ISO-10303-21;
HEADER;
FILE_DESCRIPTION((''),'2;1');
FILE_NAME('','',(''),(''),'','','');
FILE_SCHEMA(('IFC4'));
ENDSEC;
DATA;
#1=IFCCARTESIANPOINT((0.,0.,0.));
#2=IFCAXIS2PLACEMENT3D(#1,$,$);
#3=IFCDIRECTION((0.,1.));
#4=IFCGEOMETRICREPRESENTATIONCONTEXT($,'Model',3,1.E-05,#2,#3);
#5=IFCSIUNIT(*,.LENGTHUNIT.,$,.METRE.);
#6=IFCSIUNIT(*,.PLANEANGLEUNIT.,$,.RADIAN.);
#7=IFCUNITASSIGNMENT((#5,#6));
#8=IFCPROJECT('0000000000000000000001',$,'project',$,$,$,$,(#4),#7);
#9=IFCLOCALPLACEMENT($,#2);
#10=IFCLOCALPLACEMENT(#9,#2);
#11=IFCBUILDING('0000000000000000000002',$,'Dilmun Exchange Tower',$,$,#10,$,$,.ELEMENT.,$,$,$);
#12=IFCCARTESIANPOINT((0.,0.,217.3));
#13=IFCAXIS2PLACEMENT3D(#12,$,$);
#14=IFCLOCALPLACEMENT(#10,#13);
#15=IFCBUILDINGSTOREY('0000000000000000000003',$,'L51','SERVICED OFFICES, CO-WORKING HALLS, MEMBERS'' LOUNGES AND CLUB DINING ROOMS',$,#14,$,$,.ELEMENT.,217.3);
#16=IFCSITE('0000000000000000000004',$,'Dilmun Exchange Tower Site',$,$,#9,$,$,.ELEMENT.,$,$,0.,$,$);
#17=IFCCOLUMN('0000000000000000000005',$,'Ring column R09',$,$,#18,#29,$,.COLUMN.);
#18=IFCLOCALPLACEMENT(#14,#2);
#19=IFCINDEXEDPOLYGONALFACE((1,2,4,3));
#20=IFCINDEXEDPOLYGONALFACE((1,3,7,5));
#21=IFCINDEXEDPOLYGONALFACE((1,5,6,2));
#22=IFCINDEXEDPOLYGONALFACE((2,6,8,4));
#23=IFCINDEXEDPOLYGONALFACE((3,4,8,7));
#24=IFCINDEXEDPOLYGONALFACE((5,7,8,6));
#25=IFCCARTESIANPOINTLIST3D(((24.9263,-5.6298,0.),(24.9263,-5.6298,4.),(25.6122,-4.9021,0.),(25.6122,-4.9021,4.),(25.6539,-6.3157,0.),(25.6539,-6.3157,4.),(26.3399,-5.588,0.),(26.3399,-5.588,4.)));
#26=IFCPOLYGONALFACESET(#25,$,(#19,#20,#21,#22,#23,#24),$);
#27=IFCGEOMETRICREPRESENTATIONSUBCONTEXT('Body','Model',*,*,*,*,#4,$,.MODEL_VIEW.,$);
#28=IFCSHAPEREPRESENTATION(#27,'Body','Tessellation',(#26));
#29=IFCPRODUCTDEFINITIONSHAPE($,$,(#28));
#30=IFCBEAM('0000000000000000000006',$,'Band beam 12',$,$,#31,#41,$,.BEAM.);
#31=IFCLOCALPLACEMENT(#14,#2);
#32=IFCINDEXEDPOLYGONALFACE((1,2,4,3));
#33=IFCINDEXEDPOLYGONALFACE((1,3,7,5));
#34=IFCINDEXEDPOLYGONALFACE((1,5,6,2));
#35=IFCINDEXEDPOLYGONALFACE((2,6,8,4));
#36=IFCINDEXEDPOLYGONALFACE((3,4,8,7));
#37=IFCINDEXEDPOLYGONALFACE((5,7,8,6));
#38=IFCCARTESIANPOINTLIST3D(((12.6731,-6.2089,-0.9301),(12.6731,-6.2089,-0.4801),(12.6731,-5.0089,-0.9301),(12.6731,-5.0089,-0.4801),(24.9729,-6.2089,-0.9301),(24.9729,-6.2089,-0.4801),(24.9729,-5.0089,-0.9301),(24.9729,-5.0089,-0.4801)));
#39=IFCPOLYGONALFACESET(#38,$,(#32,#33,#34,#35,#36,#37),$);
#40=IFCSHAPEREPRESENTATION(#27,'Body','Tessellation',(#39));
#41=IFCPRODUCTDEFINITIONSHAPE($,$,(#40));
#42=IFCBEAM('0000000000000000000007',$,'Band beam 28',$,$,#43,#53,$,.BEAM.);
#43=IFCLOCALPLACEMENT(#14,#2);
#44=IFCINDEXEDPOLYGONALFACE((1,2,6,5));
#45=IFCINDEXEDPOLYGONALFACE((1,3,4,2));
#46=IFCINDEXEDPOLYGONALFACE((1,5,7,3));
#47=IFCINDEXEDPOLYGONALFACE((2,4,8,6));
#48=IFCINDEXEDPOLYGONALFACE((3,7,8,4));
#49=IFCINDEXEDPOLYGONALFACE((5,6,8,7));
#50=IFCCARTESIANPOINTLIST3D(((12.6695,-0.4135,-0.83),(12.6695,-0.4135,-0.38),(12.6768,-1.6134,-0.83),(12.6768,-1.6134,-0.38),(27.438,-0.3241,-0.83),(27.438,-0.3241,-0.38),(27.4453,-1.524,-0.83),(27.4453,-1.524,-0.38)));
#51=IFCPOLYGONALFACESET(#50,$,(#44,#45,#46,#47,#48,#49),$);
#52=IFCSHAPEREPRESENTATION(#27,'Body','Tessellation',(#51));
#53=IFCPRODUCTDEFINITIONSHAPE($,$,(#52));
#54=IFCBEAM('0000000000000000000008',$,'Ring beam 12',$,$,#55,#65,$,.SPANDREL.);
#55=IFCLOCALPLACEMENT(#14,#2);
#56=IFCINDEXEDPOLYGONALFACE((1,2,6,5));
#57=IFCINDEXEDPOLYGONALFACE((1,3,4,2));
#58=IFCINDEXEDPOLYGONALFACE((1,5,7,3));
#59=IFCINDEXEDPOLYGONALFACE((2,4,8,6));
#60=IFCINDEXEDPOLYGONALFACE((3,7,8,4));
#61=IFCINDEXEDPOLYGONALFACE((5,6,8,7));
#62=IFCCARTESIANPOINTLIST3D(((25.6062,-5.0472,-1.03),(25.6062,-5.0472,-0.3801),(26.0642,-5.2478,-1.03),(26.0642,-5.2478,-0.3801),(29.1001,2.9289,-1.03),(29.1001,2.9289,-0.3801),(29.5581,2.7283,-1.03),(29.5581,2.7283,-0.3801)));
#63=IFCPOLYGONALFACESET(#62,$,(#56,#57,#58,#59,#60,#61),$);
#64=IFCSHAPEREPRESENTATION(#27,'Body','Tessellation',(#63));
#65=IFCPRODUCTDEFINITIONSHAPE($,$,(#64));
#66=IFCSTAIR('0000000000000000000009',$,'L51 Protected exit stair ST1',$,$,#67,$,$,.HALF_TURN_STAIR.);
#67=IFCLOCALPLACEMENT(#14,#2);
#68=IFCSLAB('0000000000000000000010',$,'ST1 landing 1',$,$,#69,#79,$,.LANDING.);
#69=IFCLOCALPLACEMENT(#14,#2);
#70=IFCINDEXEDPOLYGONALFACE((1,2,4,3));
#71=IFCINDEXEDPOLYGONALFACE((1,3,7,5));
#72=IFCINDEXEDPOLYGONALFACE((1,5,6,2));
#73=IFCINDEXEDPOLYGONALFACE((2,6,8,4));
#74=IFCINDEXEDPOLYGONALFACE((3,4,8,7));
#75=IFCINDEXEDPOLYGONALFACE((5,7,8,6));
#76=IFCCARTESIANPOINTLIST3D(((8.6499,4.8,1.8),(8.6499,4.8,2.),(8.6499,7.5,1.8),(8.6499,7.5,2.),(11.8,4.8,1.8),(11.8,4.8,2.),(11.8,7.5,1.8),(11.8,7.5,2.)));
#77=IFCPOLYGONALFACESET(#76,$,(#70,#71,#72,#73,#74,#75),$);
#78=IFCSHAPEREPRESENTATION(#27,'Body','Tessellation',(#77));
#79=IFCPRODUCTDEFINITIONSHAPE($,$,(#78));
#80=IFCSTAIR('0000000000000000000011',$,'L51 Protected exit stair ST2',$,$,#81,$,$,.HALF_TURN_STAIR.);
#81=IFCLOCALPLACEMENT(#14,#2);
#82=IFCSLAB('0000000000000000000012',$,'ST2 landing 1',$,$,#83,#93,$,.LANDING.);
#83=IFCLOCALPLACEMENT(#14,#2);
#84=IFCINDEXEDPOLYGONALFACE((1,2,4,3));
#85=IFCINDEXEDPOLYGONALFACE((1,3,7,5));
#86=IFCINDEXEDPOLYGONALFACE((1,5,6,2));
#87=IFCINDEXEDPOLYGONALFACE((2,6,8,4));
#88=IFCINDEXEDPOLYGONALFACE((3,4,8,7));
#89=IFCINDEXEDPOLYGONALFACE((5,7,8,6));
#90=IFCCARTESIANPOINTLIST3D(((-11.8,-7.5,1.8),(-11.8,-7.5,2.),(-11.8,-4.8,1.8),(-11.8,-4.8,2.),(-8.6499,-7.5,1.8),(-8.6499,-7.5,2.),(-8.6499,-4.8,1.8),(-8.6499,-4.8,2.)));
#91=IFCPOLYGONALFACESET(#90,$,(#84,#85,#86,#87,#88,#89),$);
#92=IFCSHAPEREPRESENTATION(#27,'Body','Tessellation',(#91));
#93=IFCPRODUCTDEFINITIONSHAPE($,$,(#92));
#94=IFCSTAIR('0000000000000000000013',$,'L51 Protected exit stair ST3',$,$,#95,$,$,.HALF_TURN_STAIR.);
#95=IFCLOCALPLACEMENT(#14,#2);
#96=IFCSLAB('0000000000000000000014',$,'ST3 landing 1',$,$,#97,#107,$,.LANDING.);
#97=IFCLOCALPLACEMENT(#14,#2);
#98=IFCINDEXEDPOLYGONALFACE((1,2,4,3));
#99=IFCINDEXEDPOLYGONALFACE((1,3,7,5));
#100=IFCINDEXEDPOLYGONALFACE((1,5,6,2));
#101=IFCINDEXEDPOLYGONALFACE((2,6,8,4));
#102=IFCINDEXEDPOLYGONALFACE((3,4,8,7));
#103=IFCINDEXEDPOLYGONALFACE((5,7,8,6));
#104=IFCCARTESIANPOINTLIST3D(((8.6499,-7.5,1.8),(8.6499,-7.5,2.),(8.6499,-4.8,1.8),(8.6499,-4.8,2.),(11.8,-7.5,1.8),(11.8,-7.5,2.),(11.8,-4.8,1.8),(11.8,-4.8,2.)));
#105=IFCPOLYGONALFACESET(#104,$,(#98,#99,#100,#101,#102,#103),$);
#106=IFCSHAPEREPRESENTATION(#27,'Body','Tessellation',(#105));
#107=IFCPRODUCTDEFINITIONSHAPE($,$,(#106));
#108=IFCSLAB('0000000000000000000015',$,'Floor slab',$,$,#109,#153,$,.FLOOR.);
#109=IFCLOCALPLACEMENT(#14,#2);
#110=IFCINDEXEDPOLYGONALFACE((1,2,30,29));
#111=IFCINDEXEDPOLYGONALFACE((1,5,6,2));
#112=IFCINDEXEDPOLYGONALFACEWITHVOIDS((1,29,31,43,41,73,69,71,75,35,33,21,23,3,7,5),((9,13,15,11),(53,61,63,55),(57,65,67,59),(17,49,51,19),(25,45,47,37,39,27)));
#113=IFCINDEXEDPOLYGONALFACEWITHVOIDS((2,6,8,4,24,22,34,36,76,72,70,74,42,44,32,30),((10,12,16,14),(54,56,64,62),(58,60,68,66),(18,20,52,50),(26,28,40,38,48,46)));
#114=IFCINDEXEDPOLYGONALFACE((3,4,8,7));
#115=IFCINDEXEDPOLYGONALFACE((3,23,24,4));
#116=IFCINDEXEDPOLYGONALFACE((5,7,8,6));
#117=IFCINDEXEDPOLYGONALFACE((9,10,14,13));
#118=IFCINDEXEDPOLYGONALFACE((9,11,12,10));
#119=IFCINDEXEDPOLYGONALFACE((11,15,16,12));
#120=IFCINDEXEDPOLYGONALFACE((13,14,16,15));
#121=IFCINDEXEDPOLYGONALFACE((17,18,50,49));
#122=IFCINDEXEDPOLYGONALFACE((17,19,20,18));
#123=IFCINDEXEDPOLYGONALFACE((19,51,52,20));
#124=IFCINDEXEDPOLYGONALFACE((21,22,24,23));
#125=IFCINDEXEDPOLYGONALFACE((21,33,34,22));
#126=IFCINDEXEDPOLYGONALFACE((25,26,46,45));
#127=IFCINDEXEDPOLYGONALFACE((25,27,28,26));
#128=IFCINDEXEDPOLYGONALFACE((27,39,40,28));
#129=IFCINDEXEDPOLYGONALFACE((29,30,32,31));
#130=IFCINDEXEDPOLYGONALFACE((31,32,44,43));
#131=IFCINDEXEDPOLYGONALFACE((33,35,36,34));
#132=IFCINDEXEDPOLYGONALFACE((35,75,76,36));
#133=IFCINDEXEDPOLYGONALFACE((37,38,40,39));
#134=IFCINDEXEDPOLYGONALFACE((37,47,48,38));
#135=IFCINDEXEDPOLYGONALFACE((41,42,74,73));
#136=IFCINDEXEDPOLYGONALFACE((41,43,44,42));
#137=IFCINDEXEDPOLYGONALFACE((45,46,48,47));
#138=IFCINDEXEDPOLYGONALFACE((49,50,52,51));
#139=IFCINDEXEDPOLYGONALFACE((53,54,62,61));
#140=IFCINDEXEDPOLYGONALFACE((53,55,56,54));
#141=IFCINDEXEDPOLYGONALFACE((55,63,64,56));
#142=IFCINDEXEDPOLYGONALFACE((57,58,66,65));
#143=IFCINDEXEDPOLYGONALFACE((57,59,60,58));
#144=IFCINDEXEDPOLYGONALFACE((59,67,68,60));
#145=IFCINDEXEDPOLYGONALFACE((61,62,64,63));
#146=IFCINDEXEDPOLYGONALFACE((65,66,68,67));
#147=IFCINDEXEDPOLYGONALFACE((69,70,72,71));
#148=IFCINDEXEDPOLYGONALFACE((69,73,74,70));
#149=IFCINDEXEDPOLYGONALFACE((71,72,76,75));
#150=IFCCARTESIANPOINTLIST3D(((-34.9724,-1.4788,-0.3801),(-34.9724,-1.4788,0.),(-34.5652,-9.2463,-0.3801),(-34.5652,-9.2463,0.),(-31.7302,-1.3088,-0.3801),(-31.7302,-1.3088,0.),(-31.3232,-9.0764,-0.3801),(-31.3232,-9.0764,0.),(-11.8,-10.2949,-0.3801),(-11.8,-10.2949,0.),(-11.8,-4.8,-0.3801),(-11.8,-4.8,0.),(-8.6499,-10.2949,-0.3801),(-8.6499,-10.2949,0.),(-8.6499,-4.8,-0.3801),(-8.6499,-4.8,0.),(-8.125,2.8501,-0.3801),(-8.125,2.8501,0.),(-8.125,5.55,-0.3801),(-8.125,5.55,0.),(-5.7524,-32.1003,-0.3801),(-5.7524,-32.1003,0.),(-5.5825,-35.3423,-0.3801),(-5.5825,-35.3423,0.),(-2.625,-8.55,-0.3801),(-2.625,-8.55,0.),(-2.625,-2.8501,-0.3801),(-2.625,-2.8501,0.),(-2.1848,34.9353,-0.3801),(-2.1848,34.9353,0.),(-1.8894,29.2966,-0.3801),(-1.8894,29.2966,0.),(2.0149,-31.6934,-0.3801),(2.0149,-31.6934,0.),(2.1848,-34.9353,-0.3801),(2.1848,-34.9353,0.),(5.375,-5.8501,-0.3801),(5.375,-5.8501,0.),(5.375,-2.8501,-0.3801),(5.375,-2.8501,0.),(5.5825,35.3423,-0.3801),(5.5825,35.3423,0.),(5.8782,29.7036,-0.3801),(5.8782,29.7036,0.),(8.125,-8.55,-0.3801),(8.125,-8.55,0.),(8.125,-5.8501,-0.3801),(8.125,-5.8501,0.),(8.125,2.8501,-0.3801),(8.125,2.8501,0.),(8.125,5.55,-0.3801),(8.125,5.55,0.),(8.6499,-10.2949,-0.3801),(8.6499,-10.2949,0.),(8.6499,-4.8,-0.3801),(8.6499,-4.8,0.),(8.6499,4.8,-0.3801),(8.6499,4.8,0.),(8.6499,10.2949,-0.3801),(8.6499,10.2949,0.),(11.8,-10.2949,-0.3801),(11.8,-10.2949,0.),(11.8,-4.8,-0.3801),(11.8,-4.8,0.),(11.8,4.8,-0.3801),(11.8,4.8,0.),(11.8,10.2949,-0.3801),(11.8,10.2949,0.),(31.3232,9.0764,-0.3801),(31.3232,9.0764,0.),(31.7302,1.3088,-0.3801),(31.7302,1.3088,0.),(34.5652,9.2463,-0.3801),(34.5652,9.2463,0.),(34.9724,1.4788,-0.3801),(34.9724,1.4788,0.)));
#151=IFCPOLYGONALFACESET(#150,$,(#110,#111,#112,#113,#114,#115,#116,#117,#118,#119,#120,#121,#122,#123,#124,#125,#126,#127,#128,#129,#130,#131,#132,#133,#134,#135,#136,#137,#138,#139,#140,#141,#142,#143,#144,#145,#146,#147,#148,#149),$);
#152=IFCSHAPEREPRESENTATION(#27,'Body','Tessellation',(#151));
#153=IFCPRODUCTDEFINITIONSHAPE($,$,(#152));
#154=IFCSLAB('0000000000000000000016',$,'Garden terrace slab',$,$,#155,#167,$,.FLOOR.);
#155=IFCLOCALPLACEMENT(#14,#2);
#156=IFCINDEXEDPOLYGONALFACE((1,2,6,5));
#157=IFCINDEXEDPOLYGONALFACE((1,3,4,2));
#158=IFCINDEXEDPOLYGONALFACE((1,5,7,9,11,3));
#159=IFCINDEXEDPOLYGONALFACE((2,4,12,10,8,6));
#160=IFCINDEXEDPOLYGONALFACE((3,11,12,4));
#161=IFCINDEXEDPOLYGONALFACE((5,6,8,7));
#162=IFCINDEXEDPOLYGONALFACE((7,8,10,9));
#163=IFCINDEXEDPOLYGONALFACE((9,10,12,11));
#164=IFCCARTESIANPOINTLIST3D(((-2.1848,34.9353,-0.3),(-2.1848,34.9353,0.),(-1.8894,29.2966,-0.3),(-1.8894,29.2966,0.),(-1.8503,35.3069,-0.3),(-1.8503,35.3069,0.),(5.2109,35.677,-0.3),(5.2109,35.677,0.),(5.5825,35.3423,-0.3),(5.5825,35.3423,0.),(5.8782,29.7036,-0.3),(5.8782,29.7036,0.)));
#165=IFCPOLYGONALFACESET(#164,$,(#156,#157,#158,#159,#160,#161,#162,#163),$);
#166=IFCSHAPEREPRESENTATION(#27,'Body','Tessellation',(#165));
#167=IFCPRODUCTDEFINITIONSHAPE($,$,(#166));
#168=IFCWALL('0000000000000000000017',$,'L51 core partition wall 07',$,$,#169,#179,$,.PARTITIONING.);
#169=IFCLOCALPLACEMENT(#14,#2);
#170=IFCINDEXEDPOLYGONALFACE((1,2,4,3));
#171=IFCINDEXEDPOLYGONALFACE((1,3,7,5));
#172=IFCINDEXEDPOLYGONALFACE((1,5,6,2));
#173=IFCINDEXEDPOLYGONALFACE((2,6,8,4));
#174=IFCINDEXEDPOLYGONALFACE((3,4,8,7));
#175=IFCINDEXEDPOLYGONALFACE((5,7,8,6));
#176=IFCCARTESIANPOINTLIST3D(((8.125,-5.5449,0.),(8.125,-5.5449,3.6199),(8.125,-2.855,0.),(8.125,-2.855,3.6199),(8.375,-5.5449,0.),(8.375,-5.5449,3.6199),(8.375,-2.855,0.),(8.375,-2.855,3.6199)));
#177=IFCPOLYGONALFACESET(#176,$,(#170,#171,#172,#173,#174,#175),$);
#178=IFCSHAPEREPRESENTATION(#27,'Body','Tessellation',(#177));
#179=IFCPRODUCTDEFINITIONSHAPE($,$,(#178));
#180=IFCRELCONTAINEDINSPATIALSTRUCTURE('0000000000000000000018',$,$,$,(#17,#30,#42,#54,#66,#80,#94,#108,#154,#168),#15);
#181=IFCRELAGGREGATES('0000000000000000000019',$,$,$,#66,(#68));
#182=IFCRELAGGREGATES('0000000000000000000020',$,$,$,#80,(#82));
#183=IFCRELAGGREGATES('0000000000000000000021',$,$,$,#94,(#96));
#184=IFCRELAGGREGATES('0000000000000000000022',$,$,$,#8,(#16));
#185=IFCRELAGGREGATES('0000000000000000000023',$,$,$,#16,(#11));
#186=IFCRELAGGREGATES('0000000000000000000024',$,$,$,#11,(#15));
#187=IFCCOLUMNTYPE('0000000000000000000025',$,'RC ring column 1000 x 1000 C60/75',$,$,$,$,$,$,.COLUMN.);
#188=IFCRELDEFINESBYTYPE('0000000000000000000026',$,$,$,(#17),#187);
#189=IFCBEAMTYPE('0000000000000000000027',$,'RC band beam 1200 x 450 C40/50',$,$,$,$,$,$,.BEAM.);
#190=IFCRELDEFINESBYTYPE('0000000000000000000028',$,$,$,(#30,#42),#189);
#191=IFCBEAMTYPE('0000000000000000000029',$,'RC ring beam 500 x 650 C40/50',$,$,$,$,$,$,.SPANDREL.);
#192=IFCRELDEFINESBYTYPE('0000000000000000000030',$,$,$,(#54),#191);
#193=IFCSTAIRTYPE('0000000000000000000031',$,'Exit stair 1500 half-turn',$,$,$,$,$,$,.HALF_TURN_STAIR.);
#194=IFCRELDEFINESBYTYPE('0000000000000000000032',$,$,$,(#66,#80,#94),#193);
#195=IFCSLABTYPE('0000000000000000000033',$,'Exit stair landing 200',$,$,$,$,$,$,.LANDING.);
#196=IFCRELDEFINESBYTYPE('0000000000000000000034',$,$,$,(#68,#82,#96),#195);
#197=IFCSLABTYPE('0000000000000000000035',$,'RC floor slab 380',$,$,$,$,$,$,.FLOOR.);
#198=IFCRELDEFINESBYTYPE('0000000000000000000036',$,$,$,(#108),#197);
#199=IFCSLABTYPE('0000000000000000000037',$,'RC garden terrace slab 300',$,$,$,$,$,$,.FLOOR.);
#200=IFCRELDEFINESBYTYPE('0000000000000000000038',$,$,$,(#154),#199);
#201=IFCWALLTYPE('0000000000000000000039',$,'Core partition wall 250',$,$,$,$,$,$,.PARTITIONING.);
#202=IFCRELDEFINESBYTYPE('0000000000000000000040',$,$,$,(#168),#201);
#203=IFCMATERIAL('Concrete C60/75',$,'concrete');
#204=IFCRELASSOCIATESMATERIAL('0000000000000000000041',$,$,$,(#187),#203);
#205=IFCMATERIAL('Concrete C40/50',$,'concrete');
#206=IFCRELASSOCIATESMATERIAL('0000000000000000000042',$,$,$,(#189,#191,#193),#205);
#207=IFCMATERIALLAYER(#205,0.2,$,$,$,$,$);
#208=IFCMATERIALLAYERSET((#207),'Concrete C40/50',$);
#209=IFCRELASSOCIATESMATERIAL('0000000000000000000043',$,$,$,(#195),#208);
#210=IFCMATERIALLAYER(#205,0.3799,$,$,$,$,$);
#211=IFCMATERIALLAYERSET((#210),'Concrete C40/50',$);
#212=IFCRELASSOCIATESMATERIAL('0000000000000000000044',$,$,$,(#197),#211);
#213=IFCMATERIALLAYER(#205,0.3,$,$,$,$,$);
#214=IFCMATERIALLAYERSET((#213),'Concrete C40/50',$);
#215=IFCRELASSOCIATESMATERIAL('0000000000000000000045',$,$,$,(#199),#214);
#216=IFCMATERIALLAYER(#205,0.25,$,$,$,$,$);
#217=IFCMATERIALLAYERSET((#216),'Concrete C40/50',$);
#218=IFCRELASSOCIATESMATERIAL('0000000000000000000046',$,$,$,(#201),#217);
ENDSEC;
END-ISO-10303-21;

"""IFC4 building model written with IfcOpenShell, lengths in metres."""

from ifc_helpers import new_model, si_unit, direction, frame, frame_2d, origin, origin_2d, place, context, subcontext, project, spatial, polyline, rectangle, outline, extrude, material, layer, layer_set, material_profile, profile_set, type_object, element, aggregate, save


model = new_model("IFC4")

# Units and contexts
model_context = context("Model", 3, precision=1e-05, world=origin(), true_north=direction((0.0, 1.0)))
body_context = subcontext(model_context, "Body", "Model", "MODEL_VIEW")
ifc_project = project(units=[si_unit("LENGTHUNIT", "METRE"), si_unit("PLANEANGLEUNIT", "RADIAN")], contexts=[model_context])

# Site, building, storey
site_placement = place(None, origin())
site = spatial("IfcSite", under=ifc_project, at=site_placement, Name="Dilmun Exchange Tower Site", CompositionType="ELEMENT", RefElevation=0.0)
building_placement = place(site_placement, origin())
building = spatial("IfcBuilding", under=site, at=building_placement, Name="Dilmun Exchange Tower", CompositionType="ELEMENT")
storey_placement = place(building_placement, frame((0.0, 0.0, 217.3)))
storey = spatial("IfcBuildingStorey", under=building, at=storey_placement, Name="L51", Description="SERVICED OFFICES, CO-WORKING HALLS, MEMBERS' LOUNGES AND CLUB DINING ROOMS", CompositionType="ELEMENT", Elevation=217.3)

# Column
ifc_material_1 = material(Name="Concrete C60/75", Category="concrete")
ifc_material_profile_1 = material_profile(ifc_material_1, rectangle(XDim=1.0, YDim=1.0, at=origin_2d()), Name="1000 x 1000")
ifc_profile_set_1 = profile_set([ifc_material_profile_1], Name="Concrete C60/75")
column_type = type_object("IfcColumnType", Name="RC ring column 1000 x 1000 C60/75", PredefinedType="COLUMN", material=ifc_profile_set_1)
column_placement = place(storey_placement, frame((25.6331, -5.6089, 0.0), z_axis=(0.0, 0.0, 1.0), x_axis=(0.685916, 0.727681, 0.0)))
element("IfcColumn", 1, at=column_placement, inside=storey, type_object=column_type, Name="Ring column R09", PredefinedType="COLUMN", context=body_context, shape_type="SweptSolid", body=[
    extrude(rectangle(XDim=1.0, YDim=1.0, at=origin_2d()), origin(), (0.0, 0.0, 1.0), 4.0),
])

# Beams
ifc_material_2 = material(Name="Concrete C40/50", Category="concrete")
ifc_material_profile_2 = material_profile(ifc_material_2, rectangle(XDim=1.2, YDim=0.45, at=origin_2d()), Name="1200 x 450")
ifc_profile_set_2 = profile_set([ifc_material_profile_2], Name="Concrete C40/50")
beam_type_1 = type_object("IfcBeamType", Name="RC band beam 1200 x 450 C40/50", PredefinedType="BEAM", material=ifc_profile_set_2)
beam_1_placement = place(storey_placement, frame((24.9729, -5.6089, -0.7051), z_axis=(-1.0, 0.0, 0.0), x_axis=(0.0, -1.0, 0.0)))
element("IfcBeam", 2, at=beam_1_placement, inside=storey, type_object=beam_type_1, Name="Band beam 12", PredefinedType="BEAM", context=body_context, shape_type="SweptSolid", body=[
    extrude(rectangle(XDim=1.2, YDim=0.45, at=origin_2d()), origin(), (0.0, 0.0, 1.0), 12.2998),
])
beam_2_placement = place(storey_placement, frame((27.4417, -0.9241, -0.605), z_axis=(-0.999982, -0.00605, 0.0), x_axis=(0.00605, -0.999982, 0.0)))
element("IfcBeam", 3, at=beam_2_placement, inside=storey, type_object=beam_type_1, Name="Band beam 28", PredefinedType="BEAM", context=body_context, shape_type="SweptSolid", body=[
    extrude(rectangle(XDim=1.2, YDim=0.45, at=origin_2d()), origin(), (0.0, 0.0, 1.0), 14.7688),
])
ifc_material_profile_3 = material_profile(ifc_material_2, rectangle(XDim=0.5, YDim=0.6499, at=origin_2d()), Name="500 x 650")
ifc_profile_set_3 = profile_set([ifc_material_profile_3], Name="Concrete C40/50")
beam_type_2 = type_object("IfcBeamType", Name="RC ring beam 500 x 650 C40/50", PredefinedType="SPANDREL", material=ifc_profile_set_3)
beam_3_placement = place(storey_placement, frame((25.8352, -5.1475, -0.7051), z_axis=(0.401239, 0.915973, 0.0), x_axis=(-0.915973, 0.401239, 0.0)))
element("IfcBeam", 4, at=beam_3_placement, inside=storey, type_object=beam_type_2, Name="Ring beam 12", PredefinedType="SPANDREL", context=body_context, shape_type="SweptSolid", body=[
    extrude(rectangle(XDim=0.5, YDim=0.6499, at=origin_2d()), origin(), (0.0, 0.0, 1.0), 8.7078),
])

# Stairs, slabs
stair_type = type_object("IfcStairType", Name="Exit stair 1500 half-turn", PredefinedType="HALF_TURN_STAIR", material=ifc_material_2)
stair_1_placement = place(storey_placement, origin())
stair_1 = element("IfcStair", 5, at=stair_1_placement, inside=storey, type_object=stair_type, Name="L51 Protected exit stair ST1", PredefinedType="HALF_TURN_STAIR")
ifc_layer_1 = layer(ifc_material_2, 0.2)
ifc_layer_set_1 = layer_set([ifc_layer_1], Name="Concrete C40/50")
slab_type_1 = type_object("IfcSlabType", Name="Exit stair landing 200", PredefinedType="LANDING", material=ifc_layer_set_1)
slab_1_placement = place(storey_placement, frame((0.0, 0.0, 1.8)))
slab_1 = element("IfcSlab", 6, at=slab_1_placement, type_object=slab_type_1, Name="ST1 landing 1", PredefinedType="LANDING", context=body_context, shape_type="SweptSolid", body=[
    extrude(outline(polyline([(8.6499, 7.5), (8.6499, 4.8), (11.8, 4.8), (11.8, 7.5), (8.6499, 7.5)])), origin(), (0.0, 0.0, 1.0), 0.2),
])
aggregate(stair_1, [slab_1])
stair_2_placement = place(storey_placement, origin())
stair_2 = element("IfcStair", 7, at=stair_2_placement, inside=storey, type_object=stair_type, Name="L51 Protected exit stair ST2", PredefinedType="HALF_TURN_STAIR")
slab_2_placement = place(storey_placement, frame((0.0, 0.0, 1.8)))
slab_2 = element("IfcSlab", 8, at=slab_2_placement, type_object=slab_type_1, Name="ST2 landing 1", PredefinedType="LANDING", context=body_context, shape_type="SweptSolid", body=[
    extrude(outline(polyline([(-8.6499, -7.5), (-8.6499, -4.8), (-11.8, -4.8), (-11.8, -7.5), (-8.6499, -7.5)])), origin(), (0.0, 0.0, 1.0), 0.2),
])
aggregate(stair_2, [slab_2])
stair_3_placement = place(storey_placement, origin())
stair_3 = element("IfcStair", 9, at=stair_3_placement, inside=storey, type_object=stair_type, Name="L51 Protected exit stair ST3", PredefinedType="HALF_TURN_STAIR")
slab_3_placement = place(storey_placement, frame((0.0, 0.0, 1.8)))
slab_3 = element("IfcSlab", 10, at=slab_3_placement, type_object=slab_type_1, Name="ST3 landing 1", PredefinedType="LANDING", context=body_context, shape_type="SweptSolid", body=[
    extrude(outline(polyline([(11.8, -7.5), (11.8, -4.8), (8.6499, -4.8), (8.6499, -7.5), (11.8, -7.5)])), origin(), (0.0, 0.0, 1.0), 0.2),
])

# Slabs
ifc_layer_2 = layer(ifc_material_2, 0.3799)
ifc_layer_set_2 = layer_set([ifc_layer_2], Name="Concrete C40/50")
slab_type_2 = type_object("IfcSlabType", Name="RC floor slab 380", PredefinedType="FLOOR", material=ifc_layer_set_2)
slab_4_placement = place(storey_placement, frame((0.0, 0.0, -0.3801)))
element("IfcSlab", 11, at=slab_4_placement, inside=storey, type_object=slab_type_2, Name="Floor slab", PredefinedType="FLOOR", context=body_context, shape_type="SweptSolid", body=[
    extrude(outline(polyline([(31.3232, 9.0764), (31.7302, 1.3088), (34.9724, 1.4788), (2.1848, -34.9353), (2.0149, -31.6934), (-5.7524, -32.1003), (-5.5825, -35.3423), (-34.5652, -9.2463), (-31.3232, -9.0764), (-31.7302, -1.3088), (-34.9724, -1.4788), (-2.1848, 34.9353), (-1.8894, 29.2966), (5.8782, 29.7036), (5.5825, 35.3423), (34.5652, 9.2463), (31.3232, 9.0764)]), holes=[polyline([(-8.6499, -4.8), (-11.8, -4.8), (-11.8, -10.2949), (-8.6499, -10.2949), (-8.6499, -4.8)]), polyline([(11.8, -4.8), (8.6499, -4.8), (8.6499, -10.2949), (11.8, -10.2949), (11.8, -4.8)]), polyline([(5.375, -2.8501), (-2.625, -2.8501), (-2.625, -8.55), (8.125, -8.55), (8.125, -5.8501), (5.375, -5.8501), (5.375, -2.8501)]), polyline([(8.125, 2.8501), (8.125, 5.55), (-8.125, 5.55), (-8.125, 2.8501), (8.125, 2.8501)]), polyline([(8.6499, 10.2949), (8.6499, 4.8), (11.8, 4.8), (11.8, 10.2949), (8.6499, 10.2949)])]), origin(), (0.0, 0.0, 1.0), 0.3801),
])
ifc_layer_3 = layer(ifc_material_2, 0.3)
ifc_layer_set_3 = layer_set([ifc_layer_3], Name="Concrete C40/50")
slab_type_3 = type_object("IfcSlabType", Name="RC garden terrace slab 300", PredefinedType="FLOOR", material=ifc_layer_set_3)
slab_5_placement = place(storey_placement, frame((0.0, 0.0, -0.3)))
element("IfcSlab", 12, at=slab_5_placement, inside=storey, type_object=slab_type_3, Name="Garden terrace slab", PredefinedType="FLOOR", context=body_context, shape_type="SweptSolid", body=[
    extrude(outline(polyline([(-1.8894, 29.2966), (-2.1848, 34.9353), (-1.8503, 35.3069), (5.2109, 35.677), (5.5825, 35.3423), (5.8782, 29.7036), (-1.8894, 29.2966)])), origin(), (0.0, 0.0, 1.0), 0.3),
])

# Wall
ifc_layer_4 = layer(ifc_material_2, 0.25)
ifc_layer_set_4 = layer_set([ifc_layer_4], Name="Concrete C40/50")
wall_type_1 = type_object("IfcWallType", Name="Core partition wall 250", PredefinedType="PARTITIONING", material=ifc_layer_set_4)
wall_1_placement = place(storey_placement, frame((8.25, -5.5449, 0.0), z_axis=(0.0, 0.0, 1.0), x_axis=(0.0, 1.0, 0.0)))
element("IfcWall", 13, at=wall_1_placement, inside=storey, type_object=wall_type_1, Name="L51 core partition wall 07", PredefinedType="PARTITIONING", context=body_context, shape_type="SweptSolid", body=[
    extrude(rectangle(XDim=2.6899, YDim=0.25, at=frame_2d((1.345, 0.0))), origin(), (0.0, 0.0, 1.0), 3.6199),
])

aggregate(stair_3, [slab_3])

save(model, "model.ifc")
